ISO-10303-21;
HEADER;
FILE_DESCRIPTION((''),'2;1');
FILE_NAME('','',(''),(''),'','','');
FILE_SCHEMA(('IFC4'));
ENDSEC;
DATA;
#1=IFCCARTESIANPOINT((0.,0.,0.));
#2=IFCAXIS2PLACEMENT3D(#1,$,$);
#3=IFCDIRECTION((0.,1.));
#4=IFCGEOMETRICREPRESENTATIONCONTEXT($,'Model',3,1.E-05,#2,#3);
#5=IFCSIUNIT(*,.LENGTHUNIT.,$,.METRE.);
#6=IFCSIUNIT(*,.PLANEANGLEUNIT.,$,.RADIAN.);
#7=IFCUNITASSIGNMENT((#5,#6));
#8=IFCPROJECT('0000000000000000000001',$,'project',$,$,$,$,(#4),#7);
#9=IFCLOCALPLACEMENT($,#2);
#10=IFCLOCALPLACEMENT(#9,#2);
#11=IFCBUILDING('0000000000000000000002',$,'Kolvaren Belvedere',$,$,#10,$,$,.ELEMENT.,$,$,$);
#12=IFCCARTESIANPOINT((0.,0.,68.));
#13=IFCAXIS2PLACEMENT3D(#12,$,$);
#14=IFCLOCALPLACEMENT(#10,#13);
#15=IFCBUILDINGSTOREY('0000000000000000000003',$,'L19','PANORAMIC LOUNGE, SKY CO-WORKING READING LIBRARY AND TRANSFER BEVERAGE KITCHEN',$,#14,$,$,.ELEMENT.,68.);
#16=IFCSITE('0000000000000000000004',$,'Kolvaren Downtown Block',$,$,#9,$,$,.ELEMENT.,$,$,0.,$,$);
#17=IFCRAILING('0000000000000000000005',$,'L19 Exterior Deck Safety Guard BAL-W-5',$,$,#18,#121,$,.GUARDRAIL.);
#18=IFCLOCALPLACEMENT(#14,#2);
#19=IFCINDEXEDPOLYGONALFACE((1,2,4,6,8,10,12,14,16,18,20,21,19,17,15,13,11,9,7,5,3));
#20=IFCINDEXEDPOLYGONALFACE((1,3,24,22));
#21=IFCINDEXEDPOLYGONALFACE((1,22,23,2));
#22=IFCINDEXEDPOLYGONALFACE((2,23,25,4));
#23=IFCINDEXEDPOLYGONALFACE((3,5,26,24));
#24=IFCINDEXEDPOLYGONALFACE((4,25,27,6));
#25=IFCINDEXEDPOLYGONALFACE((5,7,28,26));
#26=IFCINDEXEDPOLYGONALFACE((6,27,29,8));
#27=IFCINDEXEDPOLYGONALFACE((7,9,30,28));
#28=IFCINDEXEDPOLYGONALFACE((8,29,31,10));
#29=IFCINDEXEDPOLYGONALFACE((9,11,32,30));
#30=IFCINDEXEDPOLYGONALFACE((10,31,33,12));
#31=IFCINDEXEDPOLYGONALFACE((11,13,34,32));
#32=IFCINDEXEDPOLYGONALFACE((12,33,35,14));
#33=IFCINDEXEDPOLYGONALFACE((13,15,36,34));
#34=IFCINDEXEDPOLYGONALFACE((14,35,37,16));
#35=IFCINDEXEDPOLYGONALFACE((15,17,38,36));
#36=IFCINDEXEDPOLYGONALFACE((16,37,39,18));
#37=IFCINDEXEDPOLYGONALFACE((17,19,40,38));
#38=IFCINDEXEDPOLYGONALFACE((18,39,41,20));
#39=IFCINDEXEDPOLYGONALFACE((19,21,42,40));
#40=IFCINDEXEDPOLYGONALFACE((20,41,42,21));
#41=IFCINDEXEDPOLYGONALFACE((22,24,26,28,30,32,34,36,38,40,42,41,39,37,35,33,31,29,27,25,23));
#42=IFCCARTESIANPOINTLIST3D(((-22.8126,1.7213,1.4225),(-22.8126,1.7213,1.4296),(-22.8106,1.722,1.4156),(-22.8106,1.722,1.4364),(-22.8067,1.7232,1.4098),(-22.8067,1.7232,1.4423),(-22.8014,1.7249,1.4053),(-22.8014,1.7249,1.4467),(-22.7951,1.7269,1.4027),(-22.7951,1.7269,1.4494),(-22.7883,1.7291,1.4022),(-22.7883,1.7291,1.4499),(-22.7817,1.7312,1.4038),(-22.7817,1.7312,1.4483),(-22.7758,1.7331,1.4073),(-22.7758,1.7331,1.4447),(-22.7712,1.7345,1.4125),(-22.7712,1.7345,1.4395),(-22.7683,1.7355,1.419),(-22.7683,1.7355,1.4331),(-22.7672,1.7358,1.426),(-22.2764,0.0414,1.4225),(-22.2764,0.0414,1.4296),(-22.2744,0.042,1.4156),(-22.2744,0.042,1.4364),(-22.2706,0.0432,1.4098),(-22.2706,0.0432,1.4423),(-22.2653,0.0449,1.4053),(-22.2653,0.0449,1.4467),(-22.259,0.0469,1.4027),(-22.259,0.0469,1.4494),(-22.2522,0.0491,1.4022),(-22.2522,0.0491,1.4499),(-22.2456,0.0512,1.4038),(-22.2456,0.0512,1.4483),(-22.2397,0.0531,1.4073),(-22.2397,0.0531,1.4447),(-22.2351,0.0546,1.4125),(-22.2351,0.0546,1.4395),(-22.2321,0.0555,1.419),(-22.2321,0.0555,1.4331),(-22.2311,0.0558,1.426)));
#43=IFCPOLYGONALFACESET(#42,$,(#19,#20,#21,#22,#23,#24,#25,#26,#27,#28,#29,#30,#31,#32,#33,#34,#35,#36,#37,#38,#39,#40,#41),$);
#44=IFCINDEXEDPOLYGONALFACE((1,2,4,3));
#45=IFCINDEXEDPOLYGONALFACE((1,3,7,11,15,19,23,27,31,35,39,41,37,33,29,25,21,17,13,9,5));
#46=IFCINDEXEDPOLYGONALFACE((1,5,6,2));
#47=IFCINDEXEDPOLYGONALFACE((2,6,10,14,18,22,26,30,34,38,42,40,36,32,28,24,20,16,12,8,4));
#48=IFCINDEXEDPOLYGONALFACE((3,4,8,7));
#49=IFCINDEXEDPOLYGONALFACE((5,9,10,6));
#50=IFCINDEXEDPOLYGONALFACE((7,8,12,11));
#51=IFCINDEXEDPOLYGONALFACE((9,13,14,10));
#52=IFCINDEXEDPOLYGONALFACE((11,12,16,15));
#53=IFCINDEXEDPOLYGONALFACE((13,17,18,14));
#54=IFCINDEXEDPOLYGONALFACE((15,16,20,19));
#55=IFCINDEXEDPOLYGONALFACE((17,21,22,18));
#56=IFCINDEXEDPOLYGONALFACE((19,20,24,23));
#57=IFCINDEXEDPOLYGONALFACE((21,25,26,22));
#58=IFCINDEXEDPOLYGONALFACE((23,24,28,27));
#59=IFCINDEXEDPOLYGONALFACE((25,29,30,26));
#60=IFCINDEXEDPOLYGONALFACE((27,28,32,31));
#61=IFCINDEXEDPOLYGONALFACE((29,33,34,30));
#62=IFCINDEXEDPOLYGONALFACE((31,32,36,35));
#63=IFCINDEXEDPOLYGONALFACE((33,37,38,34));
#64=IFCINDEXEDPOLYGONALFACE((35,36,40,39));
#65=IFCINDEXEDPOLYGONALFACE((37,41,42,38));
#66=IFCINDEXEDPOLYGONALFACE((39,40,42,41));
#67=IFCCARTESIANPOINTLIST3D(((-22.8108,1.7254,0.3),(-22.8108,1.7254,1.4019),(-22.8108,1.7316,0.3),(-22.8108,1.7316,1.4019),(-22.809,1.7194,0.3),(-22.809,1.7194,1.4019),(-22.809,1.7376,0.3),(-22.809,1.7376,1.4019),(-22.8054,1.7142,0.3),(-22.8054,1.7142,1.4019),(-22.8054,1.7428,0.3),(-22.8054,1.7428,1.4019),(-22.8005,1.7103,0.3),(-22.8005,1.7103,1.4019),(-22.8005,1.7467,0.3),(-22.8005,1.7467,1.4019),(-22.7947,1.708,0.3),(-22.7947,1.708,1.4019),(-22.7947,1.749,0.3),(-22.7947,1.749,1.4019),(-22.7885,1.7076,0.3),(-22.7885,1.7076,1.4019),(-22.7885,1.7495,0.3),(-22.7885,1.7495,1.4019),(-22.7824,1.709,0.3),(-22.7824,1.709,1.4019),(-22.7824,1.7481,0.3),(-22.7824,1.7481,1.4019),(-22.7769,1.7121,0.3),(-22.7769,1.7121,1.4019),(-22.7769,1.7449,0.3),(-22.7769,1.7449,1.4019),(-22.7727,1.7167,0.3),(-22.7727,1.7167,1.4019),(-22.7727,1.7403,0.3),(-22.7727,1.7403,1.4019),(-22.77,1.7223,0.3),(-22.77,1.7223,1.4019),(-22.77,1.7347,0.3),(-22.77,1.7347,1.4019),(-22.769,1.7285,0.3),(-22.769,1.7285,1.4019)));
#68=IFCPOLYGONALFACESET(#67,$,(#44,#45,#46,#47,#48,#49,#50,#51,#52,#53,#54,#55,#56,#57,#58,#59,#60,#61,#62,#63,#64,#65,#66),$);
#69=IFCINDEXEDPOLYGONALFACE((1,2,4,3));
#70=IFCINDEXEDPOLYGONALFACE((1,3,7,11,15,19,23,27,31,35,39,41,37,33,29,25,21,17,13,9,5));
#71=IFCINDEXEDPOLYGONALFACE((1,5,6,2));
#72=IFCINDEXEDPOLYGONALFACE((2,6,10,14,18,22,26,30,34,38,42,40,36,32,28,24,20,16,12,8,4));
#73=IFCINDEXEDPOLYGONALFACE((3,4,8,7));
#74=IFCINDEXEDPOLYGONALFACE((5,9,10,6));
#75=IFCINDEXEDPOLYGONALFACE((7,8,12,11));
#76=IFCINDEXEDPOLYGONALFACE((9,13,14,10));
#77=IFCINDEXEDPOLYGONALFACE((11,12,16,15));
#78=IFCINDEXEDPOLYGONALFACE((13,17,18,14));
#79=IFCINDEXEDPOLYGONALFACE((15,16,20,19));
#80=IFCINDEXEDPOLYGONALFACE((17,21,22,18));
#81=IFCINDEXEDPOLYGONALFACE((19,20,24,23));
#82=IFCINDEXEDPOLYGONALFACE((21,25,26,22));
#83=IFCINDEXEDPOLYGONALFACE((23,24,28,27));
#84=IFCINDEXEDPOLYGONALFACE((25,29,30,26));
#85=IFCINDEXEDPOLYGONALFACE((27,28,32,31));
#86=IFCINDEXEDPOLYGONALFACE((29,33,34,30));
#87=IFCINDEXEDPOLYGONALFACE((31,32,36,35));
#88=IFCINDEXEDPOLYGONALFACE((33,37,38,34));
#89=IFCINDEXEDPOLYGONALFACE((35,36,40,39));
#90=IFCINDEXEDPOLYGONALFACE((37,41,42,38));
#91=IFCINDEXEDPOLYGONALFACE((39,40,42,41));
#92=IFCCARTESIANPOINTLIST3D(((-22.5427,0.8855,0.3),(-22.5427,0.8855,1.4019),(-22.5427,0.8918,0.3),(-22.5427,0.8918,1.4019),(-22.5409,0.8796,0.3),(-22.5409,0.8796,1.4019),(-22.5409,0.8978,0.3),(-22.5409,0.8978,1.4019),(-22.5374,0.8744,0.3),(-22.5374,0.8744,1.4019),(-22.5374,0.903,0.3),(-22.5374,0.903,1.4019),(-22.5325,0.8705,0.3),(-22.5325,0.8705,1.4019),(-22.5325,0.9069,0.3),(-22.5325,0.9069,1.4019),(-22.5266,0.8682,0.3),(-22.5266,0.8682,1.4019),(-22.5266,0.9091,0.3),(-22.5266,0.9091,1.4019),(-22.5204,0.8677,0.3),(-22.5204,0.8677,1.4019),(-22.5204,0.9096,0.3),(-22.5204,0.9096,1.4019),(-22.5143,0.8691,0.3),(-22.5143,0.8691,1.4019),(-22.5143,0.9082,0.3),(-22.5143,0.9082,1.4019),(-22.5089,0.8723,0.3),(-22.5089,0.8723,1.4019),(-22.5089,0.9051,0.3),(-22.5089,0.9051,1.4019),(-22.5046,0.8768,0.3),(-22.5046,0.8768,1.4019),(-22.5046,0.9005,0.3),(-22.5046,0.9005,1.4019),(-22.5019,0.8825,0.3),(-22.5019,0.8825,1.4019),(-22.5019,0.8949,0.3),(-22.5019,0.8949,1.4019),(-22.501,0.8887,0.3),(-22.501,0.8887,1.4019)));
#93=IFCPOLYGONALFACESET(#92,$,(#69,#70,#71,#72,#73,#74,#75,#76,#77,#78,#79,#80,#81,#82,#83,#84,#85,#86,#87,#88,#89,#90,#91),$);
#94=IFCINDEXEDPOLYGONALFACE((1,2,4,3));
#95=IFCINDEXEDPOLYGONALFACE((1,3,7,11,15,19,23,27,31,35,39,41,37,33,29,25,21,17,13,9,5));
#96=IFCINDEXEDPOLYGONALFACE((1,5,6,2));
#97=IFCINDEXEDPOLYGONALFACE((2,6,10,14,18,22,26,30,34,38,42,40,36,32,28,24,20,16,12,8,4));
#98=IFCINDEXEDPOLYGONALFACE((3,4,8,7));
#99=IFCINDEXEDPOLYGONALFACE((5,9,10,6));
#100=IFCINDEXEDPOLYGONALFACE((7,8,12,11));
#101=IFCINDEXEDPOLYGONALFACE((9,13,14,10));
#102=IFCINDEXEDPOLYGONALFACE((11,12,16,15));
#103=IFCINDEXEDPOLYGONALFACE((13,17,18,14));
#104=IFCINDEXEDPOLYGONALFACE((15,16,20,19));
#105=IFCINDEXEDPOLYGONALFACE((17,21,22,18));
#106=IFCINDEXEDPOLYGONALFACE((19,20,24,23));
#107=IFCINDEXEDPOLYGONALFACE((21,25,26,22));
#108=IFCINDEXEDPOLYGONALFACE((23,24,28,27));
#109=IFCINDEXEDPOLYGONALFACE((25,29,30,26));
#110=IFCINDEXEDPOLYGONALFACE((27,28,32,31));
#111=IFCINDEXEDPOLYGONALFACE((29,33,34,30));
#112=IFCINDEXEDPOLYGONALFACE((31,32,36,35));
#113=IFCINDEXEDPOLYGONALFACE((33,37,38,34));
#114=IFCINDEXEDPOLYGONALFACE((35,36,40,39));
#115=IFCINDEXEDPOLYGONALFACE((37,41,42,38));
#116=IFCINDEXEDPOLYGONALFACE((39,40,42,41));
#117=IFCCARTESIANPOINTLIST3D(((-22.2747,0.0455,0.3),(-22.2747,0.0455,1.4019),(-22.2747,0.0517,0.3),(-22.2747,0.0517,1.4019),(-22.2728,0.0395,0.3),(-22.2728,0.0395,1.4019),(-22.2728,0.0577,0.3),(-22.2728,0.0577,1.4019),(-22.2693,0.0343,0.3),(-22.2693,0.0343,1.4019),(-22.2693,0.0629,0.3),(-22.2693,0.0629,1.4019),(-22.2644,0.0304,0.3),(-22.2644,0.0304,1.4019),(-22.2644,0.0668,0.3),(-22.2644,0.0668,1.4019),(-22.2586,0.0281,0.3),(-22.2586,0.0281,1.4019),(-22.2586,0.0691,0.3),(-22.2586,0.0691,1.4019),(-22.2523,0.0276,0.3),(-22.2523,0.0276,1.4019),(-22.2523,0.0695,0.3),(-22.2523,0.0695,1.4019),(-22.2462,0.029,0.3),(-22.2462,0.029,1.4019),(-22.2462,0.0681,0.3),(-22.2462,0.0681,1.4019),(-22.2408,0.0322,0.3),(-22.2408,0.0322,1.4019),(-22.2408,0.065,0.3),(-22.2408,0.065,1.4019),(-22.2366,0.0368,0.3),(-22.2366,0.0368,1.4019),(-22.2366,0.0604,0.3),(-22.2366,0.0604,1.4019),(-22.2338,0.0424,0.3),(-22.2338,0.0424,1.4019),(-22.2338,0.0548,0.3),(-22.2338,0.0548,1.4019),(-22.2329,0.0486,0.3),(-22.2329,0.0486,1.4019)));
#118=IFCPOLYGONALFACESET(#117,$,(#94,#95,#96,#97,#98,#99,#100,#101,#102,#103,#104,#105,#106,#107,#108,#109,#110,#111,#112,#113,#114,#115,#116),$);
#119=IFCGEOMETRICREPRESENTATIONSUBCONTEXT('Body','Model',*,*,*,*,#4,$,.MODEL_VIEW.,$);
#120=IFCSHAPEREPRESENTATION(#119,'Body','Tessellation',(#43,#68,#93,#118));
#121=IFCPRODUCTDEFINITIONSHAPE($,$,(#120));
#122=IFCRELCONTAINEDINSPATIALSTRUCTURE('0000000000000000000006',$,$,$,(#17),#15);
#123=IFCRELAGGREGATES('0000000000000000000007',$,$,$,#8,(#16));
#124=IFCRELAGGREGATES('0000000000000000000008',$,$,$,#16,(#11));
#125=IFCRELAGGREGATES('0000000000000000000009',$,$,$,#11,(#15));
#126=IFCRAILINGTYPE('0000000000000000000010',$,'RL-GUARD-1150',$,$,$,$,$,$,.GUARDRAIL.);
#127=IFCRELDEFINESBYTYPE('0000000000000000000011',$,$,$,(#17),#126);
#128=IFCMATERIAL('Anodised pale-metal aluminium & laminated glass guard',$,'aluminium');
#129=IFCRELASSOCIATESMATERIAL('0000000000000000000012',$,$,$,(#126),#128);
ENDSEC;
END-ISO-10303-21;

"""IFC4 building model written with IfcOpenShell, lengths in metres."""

from ifc_helpers import new_model, si_unit, direction, frame, origin, origin_2d, place, context, subcontext, project, spatial, circle, extrude, material, type_object, element, save


model = new_model("IFC4")

# Units and contexts
model_context = context("Model", 3, precision=1e-05, world=origin(), true_north=direction((0.0, 1.0)))
body_context = subcontext(model_context, "Body", "Model", "MODEL_VIEW")
ifc_project = project(units=[si_unit("LENGTHUNIT", "METRE"), si_unit("PLANEANGLEUNIT", "RADIAN")], contexts=[model_context])

# Site, building, storey
site_placement = place(None, origin())
site = spatial("IfcSite", under=ifc_project, at=site_placement, Name="Kolvaren Downtown Block", CompositionType="ELEMENT", RefElevation=0.0)
building_placement = place(site_placement, origin())
building = spatial("IfcBuilding", under=site, at=building_placement, Name="Kolvaren Belvedere", CompositionType="ELEMENT")
storey_placement = place(building_placement, frame((0.0, 0.0, 68.0)))
storey = spatial("IfcBuildingStorey", under=building, at=storey_placement, Name="L19", Description="PANORAMIC LOUNGE, SKY CO-WORKING READING LIBRARY AND TRANSFER BEVERAGE KITCHEN", CompositionType="ELEMENT", Elevation=68.0)

# Railing
ifc_material_1 = material(Name="Anodised pale-metal aluminium & laminated glass guard", Category="aluminium")
railing_type = type_object("IfcRailingType", Name="RL-GUARD-1150", PredefinedType="GUARDRAIL", material=ifc_material_1)
railing_1_placement = place(storey_placement, frame((-22.79, 1.7285, 0.3)))
element("IfcRailing", 1, at=railing_1_placement, inside=storey, type_object=railing_type, Name="L19 Exterior Deck Safety Guard BAL-W-5", PredefinedType="GUARDRAIL", context=body_context, shape_type="SweptSolid", body=[
    extrude(circle(Radius=0.0239, at=origin_2d()), frame((0.0, 0.0, 1.126), z_axis=(0.304032, -0.952662, 0.0), x_axis=(0.952662, 0.304032, 0.0)), (0.0, 0.0, 1.0), 1.7634),
    extrude(circle(Radius=0.021, at=origin_2d()), origin(), (0.0, 0.0, 1.0), 1.1018),
    extrude(circle(Radius=0.021, at=origin_2d()), frame((0.2681, -0.8398, 0.0)), (0.0, 0.0, 1.0), 1.1018),
    extrude(circle(Radius=0.021, at=origin_2d()), frame((0.5361, -1.6799, 0.0)), (0.0, 0.0, 1.0), 1.1018),
])

save(model, "model.ifc")
